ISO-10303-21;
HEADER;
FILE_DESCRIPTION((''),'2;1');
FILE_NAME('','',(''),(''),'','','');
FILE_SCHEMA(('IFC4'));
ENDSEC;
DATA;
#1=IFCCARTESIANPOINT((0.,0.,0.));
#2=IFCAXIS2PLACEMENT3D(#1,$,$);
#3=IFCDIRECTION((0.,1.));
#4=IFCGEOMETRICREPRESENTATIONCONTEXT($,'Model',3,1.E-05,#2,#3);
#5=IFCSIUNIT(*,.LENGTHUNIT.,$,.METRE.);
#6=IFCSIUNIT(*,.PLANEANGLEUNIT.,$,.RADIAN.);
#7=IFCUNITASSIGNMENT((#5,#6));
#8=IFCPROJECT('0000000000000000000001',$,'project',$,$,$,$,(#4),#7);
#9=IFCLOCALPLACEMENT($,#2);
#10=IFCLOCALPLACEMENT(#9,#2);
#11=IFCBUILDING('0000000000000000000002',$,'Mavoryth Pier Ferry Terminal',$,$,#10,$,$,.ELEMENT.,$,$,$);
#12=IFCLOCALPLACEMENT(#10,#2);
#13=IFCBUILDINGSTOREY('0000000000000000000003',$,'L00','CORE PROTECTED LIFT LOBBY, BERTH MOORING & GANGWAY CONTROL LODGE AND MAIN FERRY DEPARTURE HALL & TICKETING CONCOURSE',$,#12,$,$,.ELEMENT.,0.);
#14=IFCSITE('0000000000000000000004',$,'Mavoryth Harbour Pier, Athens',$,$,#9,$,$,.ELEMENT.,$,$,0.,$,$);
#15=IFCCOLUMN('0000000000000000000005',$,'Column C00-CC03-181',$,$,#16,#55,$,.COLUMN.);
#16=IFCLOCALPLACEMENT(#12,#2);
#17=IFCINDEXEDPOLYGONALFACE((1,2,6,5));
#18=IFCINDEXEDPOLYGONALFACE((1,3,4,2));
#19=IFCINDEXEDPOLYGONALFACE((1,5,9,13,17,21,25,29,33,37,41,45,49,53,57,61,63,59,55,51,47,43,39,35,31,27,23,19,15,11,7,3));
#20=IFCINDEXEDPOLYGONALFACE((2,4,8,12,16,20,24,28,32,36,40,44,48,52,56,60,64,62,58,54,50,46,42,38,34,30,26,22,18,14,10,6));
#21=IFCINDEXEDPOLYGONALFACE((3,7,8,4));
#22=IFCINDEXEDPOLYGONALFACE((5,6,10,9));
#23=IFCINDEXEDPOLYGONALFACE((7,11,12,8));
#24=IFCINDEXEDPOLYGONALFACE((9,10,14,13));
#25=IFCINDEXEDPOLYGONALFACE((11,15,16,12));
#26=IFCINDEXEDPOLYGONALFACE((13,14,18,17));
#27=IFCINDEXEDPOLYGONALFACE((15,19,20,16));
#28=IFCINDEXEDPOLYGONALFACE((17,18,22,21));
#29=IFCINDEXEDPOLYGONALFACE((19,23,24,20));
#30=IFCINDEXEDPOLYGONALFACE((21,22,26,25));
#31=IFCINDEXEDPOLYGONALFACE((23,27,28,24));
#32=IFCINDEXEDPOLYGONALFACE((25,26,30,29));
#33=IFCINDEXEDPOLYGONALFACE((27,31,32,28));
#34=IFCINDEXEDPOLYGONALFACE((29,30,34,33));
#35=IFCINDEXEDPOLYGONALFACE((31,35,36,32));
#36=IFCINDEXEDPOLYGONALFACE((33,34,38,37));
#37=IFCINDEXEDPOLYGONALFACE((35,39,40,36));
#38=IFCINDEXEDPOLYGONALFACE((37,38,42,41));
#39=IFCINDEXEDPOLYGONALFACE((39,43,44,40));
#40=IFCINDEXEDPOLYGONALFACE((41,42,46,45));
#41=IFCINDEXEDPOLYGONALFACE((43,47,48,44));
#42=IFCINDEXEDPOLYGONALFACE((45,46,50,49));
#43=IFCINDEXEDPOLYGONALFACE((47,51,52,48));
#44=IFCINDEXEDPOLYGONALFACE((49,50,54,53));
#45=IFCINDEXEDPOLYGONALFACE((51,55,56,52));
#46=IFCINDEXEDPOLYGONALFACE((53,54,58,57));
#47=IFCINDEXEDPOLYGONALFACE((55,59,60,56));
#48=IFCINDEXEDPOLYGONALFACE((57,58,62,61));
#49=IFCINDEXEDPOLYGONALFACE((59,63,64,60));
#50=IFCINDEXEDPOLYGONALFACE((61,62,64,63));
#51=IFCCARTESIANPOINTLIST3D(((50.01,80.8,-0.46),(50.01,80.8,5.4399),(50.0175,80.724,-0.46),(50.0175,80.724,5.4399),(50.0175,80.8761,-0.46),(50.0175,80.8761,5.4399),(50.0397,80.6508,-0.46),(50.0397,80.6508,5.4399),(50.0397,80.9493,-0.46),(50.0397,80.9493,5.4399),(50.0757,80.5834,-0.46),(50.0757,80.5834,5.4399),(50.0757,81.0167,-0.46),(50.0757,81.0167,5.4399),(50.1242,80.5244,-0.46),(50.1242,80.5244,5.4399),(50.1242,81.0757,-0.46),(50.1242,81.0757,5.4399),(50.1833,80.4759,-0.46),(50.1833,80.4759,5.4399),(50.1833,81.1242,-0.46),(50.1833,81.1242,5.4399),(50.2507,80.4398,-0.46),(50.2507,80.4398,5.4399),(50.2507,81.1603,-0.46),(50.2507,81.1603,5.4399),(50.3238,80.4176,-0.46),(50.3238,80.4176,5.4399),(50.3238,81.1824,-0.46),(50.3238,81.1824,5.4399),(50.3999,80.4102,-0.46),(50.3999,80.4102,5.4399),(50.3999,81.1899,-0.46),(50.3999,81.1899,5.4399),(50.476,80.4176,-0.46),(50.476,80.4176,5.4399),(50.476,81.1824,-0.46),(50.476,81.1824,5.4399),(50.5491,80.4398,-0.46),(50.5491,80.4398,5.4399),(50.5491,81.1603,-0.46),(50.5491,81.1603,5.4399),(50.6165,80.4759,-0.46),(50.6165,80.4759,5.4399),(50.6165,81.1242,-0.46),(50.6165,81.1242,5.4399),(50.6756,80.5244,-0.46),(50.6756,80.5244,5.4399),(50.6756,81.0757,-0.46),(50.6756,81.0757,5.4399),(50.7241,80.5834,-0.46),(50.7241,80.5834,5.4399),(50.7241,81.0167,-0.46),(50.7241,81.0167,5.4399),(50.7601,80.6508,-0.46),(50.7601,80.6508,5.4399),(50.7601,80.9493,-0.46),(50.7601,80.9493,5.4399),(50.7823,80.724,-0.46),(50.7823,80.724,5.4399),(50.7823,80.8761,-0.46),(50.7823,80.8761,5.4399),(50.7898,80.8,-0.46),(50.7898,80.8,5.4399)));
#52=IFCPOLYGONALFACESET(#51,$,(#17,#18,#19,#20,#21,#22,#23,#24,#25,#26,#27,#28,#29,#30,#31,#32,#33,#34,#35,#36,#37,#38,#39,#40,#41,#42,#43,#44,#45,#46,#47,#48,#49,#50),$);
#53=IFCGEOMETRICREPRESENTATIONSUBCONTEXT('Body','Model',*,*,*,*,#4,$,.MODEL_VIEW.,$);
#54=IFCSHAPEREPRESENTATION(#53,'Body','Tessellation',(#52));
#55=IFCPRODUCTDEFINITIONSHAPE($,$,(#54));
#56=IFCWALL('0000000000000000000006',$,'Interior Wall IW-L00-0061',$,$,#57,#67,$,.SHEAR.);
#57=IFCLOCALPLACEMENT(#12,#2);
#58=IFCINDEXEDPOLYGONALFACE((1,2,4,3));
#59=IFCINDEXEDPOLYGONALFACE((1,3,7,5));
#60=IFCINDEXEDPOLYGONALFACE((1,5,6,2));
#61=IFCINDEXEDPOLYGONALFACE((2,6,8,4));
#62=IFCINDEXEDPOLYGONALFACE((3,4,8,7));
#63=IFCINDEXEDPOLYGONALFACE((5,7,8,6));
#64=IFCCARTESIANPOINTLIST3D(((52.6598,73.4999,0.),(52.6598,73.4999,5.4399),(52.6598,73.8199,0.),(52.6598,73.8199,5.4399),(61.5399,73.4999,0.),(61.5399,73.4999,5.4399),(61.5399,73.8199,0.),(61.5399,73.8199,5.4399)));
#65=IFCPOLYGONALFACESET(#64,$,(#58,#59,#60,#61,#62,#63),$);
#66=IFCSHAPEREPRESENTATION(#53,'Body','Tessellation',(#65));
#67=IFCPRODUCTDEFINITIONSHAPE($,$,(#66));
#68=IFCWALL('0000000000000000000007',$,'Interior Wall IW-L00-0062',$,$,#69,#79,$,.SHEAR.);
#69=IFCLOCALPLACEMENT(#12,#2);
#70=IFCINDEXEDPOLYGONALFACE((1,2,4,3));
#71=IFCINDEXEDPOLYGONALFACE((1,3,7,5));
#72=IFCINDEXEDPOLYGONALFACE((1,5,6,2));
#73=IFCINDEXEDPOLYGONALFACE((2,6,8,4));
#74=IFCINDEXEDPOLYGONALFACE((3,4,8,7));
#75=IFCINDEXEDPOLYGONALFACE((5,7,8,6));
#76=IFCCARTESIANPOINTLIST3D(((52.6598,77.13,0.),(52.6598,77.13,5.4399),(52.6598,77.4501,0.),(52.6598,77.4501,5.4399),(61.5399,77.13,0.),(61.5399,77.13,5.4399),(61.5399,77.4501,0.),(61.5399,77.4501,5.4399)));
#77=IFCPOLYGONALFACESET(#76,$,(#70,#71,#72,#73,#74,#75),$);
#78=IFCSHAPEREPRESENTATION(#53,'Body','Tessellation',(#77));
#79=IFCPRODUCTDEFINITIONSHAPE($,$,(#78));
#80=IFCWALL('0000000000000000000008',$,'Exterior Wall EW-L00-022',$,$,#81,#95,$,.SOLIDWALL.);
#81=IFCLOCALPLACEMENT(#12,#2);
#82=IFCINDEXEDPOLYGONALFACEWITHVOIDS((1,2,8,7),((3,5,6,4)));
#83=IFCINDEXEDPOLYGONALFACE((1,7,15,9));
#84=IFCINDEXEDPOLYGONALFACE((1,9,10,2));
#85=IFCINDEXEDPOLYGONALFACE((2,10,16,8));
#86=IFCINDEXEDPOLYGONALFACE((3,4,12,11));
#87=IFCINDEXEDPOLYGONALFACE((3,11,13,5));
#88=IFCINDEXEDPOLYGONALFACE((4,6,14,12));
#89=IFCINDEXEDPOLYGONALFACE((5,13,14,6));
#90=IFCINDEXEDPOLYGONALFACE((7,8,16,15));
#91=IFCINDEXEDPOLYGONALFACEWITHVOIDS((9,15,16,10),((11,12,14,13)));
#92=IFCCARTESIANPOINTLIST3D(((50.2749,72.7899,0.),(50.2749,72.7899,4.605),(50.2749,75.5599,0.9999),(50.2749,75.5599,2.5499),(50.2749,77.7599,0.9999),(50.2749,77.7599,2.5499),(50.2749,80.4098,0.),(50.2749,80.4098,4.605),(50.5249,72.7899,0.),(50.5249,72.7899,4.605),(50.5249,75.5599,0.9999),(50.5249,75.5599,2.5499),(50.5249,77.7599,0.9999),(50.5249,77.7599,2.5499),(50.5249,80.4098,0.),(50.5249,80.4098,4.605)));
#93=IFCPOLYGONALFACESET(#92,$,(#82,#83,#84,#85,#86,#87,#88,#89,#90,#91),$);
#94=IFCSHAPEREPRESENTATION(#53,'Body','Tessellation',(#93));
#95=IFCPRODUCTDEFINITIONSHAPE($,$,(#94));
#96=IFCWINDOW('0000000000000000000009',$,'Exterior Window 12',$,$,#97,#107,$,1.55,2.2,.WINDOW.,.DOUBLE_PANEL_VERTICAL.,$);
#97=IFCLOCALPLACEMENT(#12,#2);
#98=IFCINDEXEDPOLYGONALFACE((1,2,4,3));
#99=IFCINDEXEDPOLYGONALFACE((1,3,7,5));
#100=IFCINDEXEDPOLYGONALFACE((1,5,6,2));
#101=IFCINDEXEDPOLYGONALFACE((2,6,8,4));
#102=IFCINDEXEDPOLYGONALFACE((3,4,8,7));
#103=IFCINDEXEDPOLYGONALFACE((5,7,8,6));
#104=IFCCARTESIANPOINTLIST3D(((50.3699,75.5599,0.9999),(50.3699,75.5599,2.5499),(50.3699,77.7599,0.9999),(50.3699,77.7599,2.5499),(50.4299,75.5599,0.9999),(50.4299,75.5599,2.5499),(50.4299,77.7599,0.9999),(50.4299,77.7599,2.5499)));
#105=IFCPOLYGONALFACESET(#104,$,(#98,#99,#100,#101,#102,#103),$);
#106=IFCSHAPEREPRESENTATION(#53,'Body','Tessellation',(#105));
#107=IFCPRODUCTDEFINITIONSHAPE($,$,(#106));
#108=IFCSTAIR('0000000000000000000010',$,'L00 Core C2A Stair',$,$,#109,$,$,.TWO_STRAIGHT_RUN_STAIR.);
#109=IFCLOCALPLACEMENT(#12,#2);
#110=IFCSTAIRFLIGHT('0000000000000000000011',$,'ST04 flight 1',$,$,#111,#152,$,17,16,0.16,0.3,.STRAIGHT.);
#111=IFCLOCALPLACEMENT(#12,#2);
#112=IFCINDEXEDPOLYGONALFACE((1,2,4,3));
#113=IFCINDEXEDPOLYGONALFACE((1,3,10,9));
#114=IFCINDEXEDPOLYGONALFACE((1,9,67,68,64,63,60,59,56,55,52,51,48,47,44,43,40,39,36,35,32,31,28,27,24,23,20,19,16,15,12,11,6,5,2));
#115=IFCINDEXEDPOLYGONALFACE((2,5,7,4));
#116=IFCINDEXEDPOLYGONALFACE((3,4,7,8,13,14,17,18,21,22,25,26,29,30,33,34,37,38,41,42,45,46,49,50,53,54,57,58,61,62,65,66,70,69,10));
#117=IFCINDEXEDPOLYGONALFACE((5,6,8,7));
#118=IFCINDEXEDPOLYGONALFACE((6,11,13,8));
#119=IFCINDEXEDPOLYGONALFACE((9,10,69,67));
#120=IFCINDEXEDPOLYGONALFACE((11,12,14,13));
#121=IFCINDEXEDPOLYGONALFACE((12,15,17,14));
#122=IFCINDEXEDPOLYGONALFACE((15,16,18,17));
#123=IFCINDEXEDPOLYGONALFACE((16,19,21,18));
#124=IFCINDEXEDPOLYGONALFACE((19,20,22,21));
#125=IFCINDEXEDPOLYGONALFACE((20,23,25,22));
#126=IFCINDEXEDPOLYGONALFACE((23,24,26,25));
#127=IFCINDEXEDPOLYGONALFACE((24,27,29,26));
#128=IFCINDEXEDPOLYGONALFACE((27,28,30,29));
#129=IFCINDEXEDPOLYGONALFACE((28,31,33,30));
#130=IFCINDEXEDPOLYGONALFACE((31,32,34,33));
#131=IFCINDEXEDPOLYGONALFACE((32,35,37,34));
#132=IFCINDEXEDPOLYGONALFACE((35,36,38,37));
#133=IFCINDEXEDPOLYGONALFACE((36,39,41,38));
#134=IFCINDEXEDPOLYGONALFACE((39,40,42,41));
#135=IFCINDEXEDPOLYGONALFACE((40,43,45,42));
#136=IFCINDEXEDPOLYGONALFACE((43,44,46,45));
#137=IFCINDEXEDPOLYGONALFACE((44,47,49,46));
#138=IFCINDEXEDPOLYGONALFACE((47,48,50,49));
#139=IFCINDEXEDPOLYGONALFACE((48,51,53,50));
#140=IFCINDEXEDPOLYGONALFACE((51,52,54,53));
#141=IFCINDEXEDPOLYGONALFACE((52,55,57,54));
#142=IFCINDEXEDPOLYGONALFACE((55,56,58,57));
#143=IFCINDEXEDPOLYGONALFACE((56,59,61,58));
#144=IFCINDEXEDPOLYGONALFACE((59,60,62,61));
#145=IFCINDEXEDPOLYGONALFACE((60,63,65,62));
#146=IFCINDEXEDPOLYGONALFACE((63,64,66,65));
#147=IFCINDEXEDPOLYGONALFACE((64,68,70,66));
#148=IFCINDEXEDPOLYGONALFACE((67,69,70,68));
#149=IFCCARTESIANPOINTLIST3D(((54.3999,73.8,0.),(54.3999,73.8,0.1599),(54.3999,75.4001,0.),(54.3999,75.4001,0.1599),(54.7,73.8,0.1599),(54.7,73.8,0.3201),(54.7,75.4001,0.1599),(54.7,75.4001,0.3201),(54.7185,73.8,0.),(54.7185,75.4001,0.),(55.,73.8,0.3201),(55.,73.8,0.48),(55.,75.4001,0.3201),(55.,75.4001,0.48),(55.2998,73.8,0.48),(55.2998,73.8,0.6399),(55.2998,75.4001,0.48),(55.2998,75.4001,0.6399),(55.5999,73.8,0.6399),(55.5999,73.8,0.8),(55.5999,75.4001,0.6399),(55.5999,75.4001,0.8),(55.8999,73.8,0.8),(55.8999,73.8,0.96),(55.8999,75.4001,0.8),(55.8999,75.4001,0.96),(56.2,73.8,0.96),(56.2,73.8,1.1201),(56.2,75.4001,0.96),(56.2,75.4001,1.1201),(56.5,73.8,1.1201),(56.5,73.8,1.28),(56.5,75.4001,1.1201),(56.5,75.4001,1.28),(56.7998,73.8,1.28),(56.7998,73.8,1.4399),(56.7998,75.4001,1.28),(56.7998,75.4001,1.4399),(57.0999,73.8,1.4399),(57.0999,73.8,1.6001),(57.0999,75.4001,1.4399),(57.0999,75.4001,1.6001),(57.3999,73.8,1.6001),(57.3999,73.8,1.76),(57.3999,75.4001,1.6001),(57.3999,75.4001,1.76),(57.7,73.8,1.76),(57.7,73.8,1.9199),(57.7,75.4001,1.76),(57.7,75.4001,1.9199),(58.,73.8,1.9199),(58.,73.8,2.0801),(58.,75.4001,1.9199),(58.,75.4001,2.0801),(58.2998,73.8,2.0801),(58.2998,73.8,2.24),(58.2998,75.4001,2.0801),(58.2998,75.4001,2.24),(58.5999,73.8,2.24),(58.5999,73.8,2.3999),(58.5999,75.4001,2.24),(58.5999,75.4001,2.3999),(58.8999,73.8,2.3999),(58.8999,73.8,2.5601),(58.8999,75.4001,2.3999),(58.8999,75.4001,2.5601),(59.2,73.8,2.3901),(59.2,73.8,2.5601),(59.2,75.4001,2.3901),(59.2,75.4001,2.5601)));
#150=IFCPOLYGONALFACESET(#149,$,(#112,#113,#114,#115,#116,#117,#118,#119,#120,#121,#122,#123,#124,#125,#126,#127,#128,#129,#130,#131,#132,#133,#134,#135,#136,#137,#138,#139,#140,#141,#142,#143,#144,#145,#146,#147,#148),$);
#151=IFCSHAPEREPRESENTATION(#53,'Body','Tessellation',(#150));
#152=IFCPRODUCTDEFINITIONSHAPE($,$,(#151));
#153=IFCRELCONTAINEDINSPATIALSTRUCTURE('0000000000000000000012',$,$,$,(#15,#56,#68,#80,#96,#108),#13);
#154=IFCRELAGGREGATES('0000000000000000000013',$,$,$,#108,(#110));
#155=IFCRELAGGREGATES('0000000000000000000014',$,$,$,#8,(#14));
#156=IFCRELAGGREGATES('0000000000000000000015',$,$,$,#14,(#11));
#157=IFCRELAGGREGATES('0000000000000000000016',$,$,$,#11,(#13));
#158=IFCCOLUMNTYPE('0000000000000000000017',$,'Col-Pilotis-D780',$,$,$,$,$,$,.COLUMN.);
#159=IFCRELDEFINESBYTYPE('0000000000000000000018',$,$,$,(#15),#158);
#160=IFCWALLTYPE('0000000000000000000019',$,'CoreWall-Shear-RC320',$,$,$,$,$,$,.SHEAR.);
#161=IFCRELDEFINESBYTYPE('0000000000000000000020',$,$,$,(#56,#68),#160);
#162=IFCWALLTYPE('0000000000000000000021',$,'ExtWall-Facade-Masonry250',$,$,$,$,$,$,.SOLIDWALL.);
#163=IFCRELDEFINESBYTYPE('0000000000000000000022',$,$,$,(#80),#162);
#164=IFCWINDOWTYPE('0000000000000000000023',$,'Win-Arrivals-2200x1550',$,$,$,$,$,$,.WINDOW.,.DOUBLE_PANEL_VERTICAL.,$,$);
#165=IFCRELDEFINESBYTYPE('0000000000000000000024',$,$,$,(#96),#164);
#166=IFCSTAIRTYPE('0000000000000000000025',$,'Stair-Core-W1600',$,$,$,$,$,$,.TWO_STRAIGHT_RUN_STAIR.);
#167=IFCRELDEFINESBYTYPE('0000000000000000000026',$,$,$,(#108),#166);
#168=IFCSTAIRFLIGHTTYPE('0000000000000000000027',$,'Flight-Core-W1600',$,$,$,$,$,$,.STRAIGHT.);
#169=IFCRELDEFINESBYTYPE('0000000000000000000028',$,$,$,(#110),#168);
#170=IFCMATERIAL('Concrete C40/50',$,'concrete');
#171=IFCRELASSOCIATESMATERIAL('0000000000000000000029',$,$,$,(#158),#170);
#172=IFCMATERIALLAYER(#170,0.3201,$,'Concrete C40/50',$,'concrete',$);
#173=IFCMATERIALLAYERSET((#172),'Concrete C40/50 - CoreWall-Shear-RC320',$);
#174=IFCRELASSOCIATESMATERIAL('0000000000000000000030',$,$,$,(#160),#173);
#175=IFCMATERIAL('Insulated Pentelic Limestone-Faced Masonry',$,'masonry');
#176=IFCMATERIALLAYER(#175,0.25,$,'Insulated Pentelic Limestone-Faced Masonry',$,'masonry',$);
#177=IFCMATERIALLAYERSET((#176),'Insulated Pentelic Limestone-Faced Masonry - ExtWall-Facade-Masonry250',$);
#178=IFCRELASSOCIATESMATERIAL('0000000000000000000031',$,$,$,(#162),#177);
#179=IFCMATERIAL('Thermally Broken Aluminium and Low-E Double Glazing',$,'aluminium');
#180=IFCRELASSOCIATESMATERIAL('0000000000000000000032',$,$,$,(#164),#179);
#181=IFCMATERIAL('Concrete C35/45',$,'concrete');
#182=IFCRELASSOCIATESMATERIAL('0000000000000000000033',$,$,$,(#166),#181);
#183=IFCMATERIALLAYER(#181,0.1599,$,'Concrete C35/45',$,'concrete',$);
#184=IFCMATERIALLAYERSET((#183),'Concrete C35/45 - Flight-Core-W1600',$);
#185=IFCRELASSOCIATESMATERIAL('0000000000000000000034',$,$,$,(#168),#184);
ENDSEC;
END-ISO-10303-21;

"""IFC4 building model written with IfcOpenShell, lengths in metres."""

from ifc_helpers import new_model, si_unit, direction, frame, frame_2d, origin, origin_2d, place, context, subcontext, project, spatial, polyline, rectangle, circle, outline, extrude, material, layer, layer_set, material_profile, profile_set, type_object, element, fill, aggregate, save


model = new_model("IFC4")

# Units and contexts
model_context = context("Model", 3, precision=1e-05, world=origin(), true_north=direction((0.0, 1.0)))
body_context = subcontext(model_context, "Body", "Model", "MODEL_VIEW")
ifc_project = project(units=[si_unit("LENGTHUNIT", "METRE"), si_unit("PLANEANGLEUNIT", "RADIAN")], contexts=[model_context])

# Site, building, storey
site_placement = place(None, origin())
site = spatial("IfcSite", under=ifc_project, at=site_placement, Name="Mavoryth Harbour Pier, Athens", CompositionType="ELEMENT", RefElevation=0.0)
building_placement = place(site_placement, origin())
building = spatial("IfcBuilding", under=site, at=building_placement, Name="Mavoryth Pier Ferry Terminal", CompositionType="ELEMENT")
storey_placement = place(building_placement, origin())
storey = spatial("IfcBuildingStorey", under=building, at=storey_placement, Name="L00", Description="CORE PROTECTED LIFT LOBBY, BERTH MOORING & GANGWAY CONTROL LODGE AND MAIN FERRY DEPARTURE HALL & TICKETING CONCOURSE", CompositionType="ELEMENT", Elevation=0.0)

# Shared definitions
ifc_material_1 = material(Name="Concrete C35/45", Category="concrete")

# Column
ifc_material_2 = material(Name="Concrete C40/50", Category="concrete")
ifc_material_profile_1 = material_profile(ifc_material_2, circle(Radius=0.3899, at=origin_2d()), Name="RC D780", Category="concrete")
ifc_profile_set_1 = profile_set([ifc_material_profile_1], Name="Concrete C40/50 - RC D780")
column_type = type_object("IfcColumnType", Name="Col-Pilotis-D780", PredefinedType="COLUMN", material=ifc_profile_set_1)
column_placement = place(storey_placement, frame((50.3999, 80.8, -0.46), z_axis=(0.0, 0.0, 1.0), x_axis=(1.0, 0.0, 0.0)))
element("IfcColumn", 1, at=column_placement, inside=storey, type_object=column_type, Name="Column C00-CC03-181", PredefinedType="COLUMN", context=body_context, shape_type="SweptSolid", body=[
    extrude(circle(Radius=0.3899, at=origin_2d()), origin(), (0.0, 0.0, 1.0), 5.8999),
])

# Walls
ifc_layer_1 = layer(ifc_material_2, 0.3201, Name="Concrete C40/50", Category="concrete")
ifc_layer_set_1 = layer_set([ifc_layer_1], Name="Concrete C40/50 - CoreWall-Shear-RC320")
wall_type_1 = type_object("IfcWallType", Name="CoreWall-Shear-RC320", PredefinedType="SHEAR", material=ifc_layer_set_1)
for number, where, z_axis, x_axis, name in (
    (2, (52.6599, 73.6599, 0.0), (0.0, 0.0, 1.0), (1.0, 0.0, 0.0), "Interior Wall IW-L00-0061"),
    (3, (52.6599, 77.29, 0.0), (0.0, 0.0, 1.0), (1.0, 0.0, 0.0), "Interior Wall IW-L00-0062"),
):
    element("IfcWall", number, at=place(storey_placement, frame(where, z_axis=z_axis, x_axis=x_axis)), inside=storey, type_object=wall_type_1, Name=name, PredefinedType="SHEAR", context=body_context, shape_type="SweptSolid", body=[
        extrude(rectangle(XDim=8.8801, YDim=0.3201, at=frame_2d((4.4399, 0.0))), origin(), (0.0, 0.0, 1.0), 5.4399),
    ])

# Wall, opening, window
ifc_material_3 = material(Name="Insulated Pentelic Limestone-Faced Masonry", Category="masonry")
ifc_layer_2 = layer(ifc_material_3, 0.25, Name="Insulated Pentelic Limestone-Faced Masonry", Category="masonry")
ifc_layer_set_2 = layer_set([ifc_layer_2], Name="Insulated Pentelic Limestone-Faced Masonry - ExtWall-Facade-Masonry250")
wall_type_2 = type_object("IfcWallType", Name="ExtWall-Facade-Masonry250", PredefinedType="SOLIDWALL", material=ifc_layer_set_2)
wall_1_placement = place(storey_placement, frame((50.3999, 80.4099, 0.0), z_axis=(0.0, 0.0, 1.0), x_axis=(0.0, -1.0, 0.0)))
wall_1 = element("IfcWall", 4, at=wall_1_placement, inside=storey, type_object=wall_type_2, Name="Exterior Wall EW-L00-022", PredefinedType="SOLIDWALL", context=body_context, shape_type="SweptSolid", body=[
    extrude(rectangle(XDim=7.6199, YDim=0.25, at=frame_2d((3.8101, 0.0))), origin(), (0.0, 0.0, 1.0), 4.605),
])
opening_1_placement = place(wall_1_placement, frame((2.6499, 0.0, 1.0)))
opening_1 = element("IfcOpeningElement", 5, at=opening_1_placement, cuts=wall_1, PredefinedType="OPENING", context=body_context, shape_type="SweptSolid", body=[
    extrude(rectangle(XDim=2.2, YDim=1.55, at=frame_2d((1.1001, 0.7749))), frame((0.0, 0.135, 0.0), z_axis=(0.0, -1.0, 0.0), x_axis=(1.0, 0.0, 0.0)), (0.0, 0.0, 1.0), 0.27),
])
ifc_material_4 = material(Name="Thermally Broken Aluminium and Low-E Double Glazing", Category="aluminium")
window_type = type_object("IfcWindowType", Name="Win-Arrivals-2200x1550", PartitioningType="DOUBLE_PANEL_VERTICAL", PredefinedType="WINDOW", material=ifc_material_4)
window_placement = place(opening_1_placement, origin())
window = element("IfcWindow", 6, at=window_placement, inside=storey, type_object=window_type, Name="Exterior Window 12", OverallHeight=1.55, OverallWidth=2.2, PartitioningType="DOUBLE_PANEL_VERTICAL", PredefinedType="WINDOW", context=body_context, shape_type="SweptSolid", body=[
    extrude(rectangle(XDim=2.2, YDim=1.55, at=frame_2d((1.1001, 0.7749))), frame((0.0, 0.03, 0.0), z_axis=(0.0, -1.0, 0.0), x_axis=(1.0, 0.0, 0.0)), (0.0, 0.0, 1.0), 0.0601),
])
fill(opening_1, window)

# Stair, stair flight
stair_type = type_object("IfcStairType", Name="Stair-Core-W1600", PredefinedType="TWO_STRAIGHT_RUN_STAIR", material=ifc_material_1)
stair_placement = place(storey_placement, origin())
stair = element("IfcStair", 7, at=stair_placement, inside=storey, type_object=stair_type, Name="L00 Core C2A Stair", PredefinedType="TWO_STRAIGHT_RUN_STAIR")
ifc_layer_3 = layer(ifc_material_1, 0.1599, Name="Concrete C35/45", Category="concrete")
ifc_layer_set_3 = layer_set([ifc_layer_3], Name="Concrete C35/45 - Flight-Core-W1600")
stair_flight_type = type_object("IfcStairFlightType", Name="Flight-Core-W1600", PredefinedType="STRAIGHT", material=ifc_layer_set_3)
stair_flight_placement = place(storey_placement, frame((54.3999, 74.6001, 0.0), z_axis=(0.0, 0.0, 1.0), x_axis=(1.0, 0.0, 0.0)))
stair_flight = element("IfcStairFlight", 8, at=stair_flight_placement, type_object=stair_flight_type, Name="ST04 flight 1", NumberOfRisers=17, NumberOfTreads=16, PredefinedType="STRAIGHT", RiserHeight=0.16, TreadLength=0.3, context=body_context, shape_type="SweptSolid", body=[
    extrude(outline(polyline([(0.0, 0.0), (0.0, 0.1599), (0.3, 0.1599), (0.3, 0.3201), (0.6001, 0.3201), (0.6001, 0.48), (0.8999, 0.48), (0.8999, 0.6399), (1.2, 0.6399), (1.2, 0.8), (1.5, 0.8), (1.5, 0.96), (1.8, 0.96), (1.8, 1.1201), (2.1001, 1.1201), (2.1001, 1.28), (2.3999, 1.28), (2.3999, 1.4399), (2.7, 1.4399), (2.7, 1.6001), (3.0, 1.6001), (3.0, 1.76), (3.3, 1.76), (3.3, 1.9199), (3.6001, 1.9199), (3.6001, 2.0801), (3.8999, 2.0801), (3.8999, 2.24), (4.2, 2.24), (4.2, 2.3999), (4.5, 2.3999), (4.5, 2.5601), (4.8, 2.5601), (4.8, 2.72), (4.8, 2.3901), (0.3186, 0.0), (0.0, 0.0)])), frame((0.0, 0.8, 0.0), z_axis=(0.0, -1.0, 0.0), x_axis=(1.0, 0.0, 0.0)), (0.0, 0.0, 1.0), 1.6001),
])
aggregate(stair, [stair_flight])

save(model, "model.ifc")
